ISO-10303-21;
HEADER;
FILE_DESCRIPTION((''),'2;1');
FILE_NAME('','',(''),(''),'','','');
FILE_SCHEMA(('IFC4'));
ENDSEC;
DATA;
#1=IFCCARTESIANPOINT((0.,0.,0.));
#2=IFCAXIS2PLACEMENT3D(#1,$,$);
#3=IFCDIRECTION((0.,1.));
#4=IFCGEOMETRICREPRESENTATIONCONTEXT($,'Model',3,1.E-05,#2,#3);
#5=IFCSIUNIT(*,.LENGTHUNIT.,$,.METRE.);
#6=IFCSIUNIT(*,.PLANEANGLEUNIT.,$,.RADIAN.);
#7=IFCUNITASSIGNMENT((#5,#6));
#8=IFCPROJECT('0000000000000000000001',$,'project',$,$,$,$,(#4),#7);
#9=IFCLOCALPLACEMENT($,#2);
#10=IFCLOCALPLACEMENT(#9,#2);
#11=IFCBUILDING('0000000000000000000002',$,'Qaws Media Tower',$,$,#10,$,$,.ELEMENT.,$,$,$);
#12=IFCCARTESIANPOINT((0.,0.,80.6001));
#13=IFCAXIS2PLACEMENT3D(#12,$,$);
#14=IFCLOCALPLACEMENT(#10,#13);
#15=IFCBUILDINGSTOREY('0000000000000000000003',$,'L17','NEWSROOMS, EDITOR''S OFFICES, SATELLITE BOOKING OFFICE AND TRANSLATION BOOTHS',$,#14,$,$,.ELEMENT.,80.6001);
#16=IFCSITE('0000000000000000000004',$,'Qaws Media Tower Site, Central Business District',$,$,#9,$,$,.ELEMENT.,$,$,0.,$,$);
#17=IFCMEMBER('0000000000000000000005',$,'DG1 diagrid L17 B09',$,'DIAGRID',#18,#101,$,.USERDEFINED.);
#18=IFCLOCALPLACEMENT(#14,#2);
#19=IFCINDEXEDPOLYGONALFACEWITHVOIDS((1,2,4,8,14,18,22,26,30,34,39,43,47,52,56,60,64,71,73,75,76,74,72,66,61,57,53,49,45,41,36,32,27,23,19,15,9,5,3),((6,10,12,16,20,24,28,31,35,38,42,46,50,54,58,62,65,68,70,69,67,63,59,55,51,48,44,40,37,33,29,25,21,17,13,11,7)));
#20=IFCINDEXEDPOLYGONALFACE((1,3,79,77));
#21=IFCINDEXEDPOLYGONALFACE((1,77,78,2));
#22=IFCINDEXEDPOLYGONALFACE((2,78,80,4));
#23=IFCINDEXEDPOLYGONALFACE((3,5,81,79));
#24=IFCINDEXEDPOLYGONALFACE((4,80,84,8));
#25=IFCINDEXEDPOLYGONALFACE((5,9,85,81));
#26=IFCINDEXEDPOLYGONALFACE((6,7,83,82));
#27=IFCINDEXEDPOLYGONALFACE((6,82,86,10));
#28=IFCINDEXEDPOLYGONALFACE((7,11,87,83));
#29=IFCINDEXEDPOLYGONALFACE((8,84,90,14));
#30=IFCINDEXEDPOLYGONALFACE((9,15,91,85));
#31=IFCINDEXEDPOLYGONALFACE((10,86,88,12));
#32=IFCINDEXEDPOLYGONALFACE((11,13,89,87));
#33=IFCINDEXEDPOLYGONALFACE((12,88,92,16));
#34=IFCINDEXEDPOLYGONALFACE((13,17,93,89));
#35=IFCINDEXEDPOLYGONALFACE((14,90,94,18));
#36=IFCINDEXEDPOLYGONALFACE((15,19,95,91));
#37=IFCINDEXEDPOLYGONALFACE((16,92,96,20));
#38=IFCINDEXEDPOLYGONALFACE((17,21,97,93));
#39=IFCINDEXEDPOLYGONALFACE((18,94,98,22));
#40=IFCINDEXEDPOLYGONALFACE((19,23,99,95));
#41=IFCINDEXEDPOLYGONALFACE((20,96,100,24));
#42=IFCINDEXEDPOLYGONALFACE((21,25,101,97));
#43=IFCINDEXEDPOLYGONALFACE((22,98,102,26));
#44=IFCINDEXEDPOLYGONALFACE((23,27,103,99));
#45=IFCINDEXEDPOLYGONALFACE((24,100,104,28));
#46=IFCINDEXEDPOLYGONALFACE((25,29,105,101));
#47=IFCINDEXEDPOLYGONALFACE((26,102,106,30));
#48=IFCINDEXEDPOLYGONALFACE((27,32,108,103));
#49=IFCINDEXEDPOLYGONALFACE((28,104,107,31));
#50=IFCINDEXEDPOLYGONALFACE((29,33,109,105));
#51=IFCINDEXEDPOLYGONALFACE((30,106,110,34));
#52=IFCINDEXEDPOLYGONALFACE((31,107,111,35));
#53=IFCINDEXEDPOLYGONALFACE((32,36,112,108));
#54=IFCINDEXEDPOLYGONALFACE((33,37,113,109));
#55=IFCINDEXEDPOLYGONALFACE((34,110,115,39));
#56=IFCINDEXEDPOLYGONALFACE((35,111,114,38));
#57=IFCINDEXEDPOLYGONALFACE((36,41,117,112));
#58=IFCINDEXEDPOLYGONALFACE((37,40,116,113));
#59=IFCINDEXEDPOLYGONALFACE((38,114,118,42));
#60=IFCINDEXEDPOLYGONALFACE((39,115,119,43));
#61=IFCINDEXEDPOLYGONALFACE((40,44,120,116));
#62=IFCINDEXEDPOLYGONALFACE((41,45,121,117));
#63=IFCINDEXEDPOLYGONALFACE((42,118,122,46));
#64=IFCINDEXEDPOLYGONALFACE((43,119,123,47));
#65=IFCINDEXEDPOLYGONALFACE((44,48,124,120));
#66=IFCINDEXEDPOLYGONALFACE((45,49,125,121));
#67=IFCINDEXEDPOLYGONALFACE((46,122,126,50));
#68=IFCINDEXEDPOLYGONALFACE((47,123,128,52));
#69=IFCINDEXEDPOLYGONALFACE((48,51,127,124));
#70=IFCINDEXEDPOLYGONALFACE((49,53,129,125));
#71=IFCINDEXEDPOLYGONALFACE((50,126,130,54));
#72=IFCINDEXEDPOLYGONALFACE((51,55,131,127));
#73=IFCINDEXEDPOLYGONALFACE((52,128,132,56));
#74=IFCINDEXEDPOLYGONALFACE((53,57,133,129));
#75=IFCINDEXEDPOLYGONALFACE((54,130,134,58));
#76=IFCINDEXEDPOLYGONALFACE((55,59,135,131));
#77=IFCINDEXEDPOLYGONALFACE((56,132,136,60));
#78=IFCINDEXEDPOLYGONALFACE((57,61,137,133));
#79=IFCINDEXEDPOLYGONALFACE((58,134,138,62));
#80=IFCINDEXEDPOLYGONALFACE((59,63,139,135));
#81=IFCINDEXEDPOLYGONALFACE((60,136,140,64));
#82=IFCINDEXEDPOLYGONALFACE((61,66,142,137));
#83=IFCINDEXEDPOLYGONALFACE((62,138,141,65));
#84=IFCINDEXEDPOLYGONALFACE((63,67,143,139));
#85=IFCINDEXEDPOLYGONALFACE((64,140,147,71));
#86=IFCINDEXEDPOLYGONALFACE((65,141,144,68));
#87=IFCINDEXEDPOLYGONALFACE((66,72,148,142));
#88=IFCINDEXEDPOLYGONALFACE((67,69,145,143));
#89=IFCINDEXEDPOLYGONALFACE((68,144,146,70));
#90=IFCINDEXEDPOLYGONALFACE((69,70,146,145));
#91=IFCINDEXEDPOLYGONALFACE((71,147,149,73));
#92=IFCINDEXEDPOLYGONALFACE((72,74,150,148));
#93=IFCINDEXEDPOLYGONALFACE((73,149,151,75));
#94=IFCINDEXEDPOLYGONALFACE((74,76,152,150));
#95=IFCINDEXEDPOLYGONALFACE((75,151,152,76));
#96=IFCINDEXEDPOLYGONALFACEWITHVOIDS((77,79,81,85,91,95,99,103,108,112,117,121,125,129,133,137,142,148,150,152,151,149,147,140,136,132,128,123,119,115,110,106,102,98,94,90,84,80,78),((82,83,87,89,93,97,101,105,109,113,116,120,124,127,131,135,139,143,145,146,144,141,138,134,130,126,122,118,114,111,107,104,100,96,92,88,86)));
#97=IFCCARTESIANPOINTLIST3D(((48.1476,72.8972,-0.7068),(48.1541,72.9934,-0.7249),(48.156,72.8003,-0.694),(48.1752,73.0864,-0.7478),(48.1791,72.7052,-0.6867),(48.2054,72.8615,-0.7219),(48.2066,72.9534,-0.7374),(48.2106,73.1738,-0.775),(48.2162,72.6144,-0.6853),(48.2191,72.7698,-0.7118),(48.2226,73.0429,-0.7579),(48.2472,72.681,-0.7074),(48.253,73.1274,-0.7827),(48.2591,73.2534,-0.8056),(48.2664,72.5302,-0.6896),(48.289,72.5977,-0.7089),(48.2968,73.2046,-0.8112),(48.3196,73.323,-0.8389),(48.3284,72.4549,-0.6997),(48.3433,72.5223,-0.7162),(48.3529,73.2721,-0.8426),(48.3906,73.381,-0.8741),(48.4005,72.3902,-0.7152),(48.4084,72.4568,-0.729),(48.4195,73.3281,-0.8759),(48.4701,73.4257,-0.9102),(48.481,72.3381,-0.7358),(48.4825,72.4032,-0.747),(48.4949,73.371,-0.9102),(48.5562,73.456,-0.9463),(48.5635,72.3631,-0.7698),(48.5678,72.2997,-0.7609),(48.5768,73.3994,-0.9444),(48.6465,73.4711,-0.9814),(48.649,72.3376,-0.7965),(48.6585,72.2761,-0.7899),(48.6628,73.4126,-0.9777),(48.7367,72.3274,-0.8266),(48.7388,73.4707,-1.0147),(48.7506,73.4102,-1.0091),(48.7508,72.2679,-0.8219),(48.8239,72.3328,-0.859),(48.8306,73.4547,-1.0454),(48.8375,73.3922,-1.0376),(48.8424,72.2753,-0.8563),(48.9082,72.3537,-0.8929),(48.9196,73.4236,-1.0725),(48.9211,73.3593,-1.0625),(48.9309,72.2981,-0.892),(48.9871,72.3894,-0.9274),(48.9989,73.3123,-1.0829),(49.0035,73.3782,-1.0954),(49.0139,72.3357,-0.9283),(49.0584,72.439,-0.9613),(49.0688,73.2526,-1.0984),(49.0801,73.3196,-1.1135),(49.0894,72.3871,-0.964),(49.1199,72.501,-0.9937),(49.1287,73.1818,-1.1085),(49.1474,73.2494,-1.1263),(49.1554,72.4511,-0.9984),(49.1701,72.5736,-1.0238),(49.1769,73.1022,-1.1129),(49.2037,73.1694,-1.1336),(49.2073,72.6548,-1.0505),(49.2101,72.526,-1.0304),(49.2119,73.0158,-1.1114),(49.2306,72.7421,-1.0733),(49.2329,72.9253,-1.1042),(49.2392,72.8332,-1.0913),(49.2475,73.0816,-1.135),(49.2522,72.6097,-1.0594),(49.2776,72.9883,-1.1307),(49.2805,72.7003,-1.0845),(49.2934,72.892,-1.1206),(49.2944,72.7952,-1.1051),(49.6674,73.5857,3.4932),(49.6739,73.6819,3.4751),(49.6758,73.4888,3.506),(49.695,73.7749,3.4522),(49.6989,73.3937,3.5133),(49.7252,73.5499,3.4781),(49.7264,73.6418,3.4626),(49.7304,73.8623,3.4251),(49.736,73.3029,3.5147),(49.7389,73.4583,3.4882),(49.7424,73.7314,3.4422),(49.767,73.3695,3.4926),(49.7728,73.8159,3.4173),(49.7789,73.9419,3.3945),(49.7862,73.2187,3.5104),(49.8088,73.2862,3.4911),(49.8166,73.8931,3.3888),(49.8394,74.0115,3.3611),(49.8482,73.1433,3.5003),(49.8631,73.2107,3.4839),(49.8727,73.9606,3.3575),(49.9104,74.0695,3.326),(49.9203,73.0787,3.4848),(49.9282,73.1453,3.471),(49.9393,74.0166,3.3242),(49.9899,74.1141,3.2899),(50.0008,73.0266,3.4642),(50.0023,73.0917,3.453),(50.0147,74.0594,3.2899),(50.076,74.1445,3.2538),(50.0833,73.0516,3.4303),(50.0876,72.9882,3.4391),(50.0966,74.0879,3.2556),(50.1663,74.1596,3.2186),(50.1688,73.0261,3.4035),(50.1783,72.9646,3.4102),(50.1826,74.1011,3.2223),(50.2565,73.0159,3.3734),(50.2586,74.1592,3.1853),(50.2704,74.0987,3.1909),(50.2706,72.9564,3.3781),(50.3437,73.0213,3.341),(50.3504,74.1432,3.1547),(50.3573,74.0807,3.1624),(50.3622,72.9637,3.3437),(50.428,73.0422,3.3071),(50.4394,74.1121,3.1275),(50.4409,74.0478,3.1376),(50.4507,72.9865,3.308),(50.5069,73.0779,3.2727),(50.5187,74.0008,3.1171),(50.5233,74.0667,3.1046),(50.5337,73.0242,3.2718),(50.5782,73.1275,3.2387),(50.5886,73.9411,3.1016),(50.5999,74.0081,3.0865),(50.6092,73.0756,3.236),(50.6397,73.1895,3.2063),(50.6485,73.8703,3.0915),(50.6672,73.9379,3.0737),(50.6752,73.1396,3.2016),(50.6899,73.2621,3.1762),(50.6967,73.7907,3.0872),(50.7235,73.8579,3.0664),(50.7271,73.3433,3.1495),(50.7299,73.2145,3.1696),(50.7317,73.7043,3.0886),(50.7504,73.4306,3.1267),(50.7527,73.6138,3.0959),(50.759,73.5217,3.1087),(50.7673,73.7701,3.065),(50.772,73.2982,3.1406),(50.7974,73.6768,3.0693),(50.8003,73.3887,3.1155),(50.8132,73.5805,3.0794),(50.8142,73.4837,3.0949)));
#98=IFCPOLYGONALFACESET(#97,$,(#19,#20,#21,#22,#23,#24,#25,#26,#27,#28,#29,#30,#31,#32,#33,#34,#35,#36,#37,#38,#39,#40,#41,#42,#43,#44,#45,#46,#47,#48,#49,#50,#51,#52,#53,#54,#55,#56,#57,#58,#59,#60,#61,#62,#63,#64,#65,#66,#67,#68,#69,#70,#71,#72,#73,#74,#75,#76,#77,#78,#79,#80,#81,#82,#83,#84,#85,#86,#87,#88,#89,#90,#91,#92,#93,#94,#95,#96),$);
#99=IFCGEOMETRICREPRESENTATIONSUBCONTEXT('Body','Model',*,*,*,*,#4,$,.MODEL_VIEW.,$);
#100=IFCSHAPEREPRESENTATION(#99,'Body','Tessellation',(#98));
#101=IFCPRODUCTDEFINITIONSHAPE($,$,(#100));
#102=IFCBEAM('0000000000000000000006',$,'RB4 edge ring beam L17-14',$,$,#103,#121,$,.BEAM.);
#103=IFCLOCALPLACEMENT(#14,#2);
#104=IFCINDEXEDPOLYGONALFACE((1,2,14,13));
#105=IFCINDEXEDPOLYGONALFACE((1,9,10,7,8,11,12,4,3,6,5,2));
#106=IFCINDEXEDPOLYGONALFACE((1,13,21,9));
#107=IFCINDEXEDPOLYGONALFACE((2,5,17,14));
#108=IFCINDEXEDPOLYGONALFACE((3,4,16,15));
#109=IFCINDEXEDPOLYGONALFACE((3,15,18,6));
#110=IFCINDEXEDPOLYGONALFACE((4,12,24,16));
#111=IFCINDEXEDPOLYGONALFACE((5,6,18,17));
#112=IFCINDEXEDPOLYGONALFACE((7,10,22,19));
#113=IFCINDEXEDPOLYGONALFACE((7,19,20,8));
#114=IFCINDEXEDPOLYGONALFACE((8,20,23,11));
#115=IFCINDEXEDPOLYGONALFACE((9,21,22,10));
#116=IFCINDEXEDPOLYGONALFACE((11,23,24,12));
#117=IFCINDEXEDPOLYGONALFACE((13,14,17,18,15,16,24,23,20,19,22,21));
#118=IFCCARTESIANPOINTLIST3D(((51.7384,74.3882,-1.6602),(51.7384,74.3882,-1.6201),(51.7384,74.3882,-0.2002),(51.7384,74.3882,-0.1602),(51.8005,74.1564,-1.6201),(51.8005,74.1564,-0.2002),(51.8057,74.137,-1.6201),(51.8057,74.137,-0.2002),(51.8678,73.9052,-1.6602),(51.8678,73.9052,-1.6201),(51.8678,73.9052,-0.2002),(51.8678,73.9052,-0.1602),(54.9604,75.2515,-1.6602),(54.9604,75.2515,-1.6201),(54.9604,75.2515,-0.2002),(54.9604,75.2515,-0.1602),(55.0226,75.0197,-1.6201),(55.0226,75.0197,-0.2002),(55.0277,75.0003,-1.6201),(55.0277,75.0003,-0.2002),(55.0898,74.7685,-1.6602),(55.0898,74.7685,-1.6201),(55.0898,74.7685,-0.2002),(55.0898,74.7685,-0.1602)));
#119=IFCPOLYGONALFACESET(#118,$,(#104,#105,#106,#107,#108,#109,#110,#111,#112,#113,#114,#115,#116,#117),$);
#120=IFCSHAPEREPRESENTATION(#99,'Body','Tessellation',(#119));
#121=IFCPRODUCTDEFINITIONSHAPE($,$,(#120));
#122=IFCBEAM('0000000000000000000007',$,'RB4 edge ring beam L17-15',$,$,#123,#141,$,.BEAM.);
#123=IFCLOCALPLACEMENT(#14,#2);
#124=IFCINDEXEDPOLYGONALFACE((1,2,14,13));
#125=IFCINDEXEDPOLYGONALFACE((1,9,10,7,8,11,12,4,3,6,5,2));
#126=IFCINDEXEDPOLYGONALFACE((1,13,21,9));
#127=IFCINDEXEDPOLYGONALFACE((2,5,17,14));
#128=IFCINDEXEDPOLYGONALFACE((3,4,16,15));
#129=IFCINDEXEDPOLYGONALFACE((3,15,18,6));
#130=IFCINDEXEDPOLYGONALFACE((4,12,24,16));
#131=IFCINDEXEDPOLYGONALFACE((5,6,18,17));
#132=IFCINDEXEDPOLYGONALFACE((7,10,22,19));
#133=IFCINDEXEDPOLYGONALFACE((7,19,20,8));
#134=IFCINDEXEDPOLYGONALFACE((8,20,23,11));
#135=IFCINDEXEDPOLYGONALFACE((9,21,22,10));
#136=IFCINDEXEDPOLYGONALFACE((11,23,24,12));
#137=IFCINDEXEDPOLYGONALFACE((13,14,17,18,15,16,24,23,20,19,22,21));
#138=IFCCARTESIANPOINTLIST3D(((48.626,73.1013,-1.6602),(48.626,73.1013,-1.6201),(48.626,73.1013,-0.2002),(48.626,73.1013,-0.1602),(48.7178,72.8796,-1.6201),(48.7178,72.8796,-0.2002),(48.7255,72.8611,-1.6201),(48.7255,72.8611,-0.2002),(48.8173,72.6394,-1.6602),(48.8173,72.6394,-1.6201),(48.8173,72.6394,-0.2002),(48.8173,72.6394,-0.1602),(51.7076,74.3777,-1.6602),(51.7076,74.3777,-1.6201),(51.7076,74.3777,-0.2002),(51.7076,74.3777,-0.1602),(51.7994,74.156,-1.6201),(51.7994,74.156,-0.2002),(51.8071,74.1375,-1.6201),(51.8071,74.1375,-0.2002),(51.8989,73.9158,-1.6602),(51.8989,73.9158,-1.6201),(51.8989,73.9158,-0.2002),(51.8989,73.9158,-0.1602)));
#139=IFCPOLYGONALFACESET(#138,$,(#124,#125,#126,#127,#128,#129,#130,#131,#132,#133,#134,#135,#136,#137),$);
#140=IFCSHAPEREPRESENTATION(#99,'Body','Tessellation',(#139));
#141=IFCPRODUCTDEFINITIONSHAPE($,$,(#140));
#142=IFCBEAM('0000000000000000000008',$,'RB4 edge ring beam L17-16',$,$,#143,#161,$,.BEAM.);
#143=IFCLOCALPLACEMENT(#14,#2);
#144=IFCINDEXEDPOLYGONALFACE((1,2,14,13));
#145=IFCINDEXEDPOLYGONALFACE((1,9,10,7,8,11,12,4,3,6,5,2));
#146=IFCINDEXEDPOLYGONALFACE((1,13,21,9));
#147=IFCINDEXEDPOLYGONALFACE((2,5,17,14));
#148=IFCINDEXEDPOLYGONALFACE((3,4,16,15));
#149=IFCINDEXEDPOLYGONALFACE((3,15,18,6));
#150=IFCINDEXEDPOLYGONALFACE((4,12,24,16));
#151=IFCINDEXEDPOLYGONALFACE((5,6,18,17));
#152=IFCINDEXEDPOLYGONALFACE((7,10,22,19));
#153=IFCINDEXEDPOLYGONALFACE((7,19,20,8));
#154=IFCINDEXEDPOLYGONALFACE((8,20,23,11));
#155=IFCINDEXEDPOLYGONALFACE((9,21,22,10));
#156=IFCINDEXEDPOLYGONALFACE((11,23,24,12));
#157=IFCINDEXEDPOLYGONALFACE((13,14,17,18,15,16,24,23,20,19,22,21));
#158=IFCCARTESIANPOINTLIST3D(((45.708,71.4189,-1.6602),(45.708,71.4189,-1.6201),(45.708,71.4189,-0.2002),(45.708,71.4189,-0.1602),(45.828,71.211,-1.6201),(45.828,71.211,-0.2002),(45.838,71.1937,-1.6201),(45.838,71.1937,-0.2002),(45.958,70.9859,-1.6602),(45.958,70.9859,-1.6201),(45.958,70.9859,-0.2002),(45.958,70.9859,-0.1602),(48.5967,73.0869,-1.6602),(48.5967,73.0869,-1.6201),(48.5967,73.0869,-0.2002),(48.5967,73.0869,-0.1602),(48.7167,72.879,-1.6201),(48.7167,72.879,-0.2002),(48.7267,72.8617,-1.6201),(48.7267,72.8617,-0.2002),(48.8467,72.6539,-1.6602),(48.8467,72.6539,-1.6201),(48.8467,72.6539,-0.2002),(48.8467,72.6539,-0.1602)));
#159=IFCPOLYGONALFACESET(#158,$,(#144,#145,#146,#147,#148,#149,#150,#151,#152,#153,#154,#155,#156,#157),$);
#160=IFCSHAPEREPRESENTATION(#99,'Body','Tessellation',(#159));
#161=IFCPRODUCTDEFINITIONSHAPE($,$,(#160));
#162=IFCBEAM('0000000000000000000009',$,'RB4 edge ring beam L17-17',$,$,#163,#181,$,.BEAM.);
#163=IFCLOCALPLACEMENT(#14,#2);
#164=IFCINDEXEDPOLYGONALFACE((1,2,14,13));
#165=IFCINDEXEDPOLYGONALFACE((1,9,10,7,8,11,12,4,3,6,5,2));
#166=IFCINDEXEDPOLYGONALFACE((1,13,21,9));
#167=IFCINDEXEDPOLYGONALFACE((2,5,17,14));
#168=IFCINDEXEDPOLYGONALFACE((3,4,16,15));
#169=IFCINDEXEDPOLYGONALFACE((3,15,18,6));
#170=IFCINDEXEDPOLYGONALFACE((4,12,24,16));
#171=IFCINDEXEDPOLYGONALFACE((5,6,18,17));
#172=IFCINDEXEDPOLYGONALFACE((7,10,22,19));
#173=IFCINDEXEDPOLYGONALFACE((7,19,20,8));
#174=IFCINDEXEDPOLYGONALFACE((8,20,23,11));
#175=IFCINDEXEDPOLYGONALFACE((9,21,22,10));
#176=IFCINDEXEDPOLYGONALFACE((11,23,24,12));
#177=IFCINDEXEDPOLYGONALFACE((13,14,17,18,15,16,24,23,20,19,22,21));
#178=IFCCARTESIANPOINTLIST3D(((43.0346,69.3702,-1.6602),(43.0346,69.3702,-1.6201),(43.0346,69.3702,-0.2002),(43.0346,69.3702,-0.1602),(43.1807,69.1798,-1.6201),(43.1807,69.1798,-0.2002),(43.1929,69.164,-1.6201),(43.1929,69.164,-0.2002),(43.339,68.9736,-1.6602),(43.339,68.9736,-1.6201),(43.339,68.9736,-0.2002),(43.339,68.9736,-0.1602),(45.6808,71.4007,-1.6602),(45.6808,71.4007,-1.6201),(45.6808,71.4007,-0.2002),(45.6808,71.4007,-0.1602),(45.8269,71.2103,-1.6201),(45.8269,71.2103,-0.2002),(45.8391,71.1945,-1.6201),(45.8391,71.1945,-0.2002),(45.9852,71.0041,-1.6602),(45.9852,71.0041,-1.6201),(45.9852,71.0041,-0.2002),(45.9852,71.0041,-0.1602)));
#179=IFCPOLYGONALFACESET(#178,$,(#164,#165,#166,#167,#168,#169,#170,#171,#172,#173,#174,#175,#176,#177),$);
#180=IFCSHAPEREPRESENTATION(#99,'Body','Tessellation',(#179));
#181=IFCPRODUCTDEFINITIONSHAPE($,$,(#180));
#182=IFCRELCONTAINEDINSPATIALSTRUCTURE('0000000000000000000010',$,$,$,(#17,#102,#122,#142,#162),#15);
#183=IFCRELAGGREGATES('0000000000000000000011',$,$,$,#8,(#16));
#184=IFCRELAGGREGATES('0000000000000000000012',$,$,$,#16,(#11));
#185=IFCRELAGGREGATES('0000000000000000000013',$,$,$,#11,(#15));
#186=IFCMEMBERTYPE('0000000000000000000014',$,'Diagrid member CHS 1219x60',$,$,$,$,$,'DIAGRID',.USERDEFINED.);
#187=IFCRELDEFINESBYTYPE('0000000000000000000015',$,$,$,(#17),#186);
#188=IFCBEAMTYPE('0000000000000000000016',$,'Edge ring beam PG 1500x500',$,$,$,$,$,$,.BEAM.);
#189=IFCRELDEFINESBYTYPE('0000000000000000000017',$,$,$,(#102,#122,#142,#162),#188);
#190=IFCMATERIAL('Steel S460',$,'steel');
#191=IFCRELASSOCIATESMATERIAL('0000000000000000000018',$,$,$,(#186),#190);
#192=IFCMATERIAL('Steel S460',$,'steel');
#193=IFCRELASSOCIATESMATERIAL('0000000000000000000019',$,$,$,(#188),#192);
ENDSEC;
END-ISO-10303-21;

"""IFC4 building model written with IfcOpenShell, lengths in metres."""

from ifc_helpers import new_model, si_unit, direction, frame, origin, origin_2d, place, context, subcontext, project, spatial, hollow_circle, i_section, extrude, material, material_profile, profile_set, type_object, element, save


model = new_model("IFC4")

# Units and contexts
model_context = context("Model", 3, precision=1e-05, world=origin(), true_north=direction((0.0, 1.0)))
body_context = subcontext(model_context, "Body", "Model", "MODEL_VIEW")
ifc_project = project(units=[si_unit("LENGTHUNIT", "METRE"), si_unit("PLANEANGLEUNIT", "RADIAN")], contexts=[model_context])

# Site, building, storey
site_placement = place(None, origin())
site = spatial("IfcSite", under=ifc_project, at=site_placement, Name="Qaws Media Tower Site, Central Business District", CompositionType="ELEMENT", RefElevation=0.0)
building_placement = place(site_placement, origin())
building = spatial("IfcBuilding", under=site, at=building_placement, Name="Qaws Media Tower", CompositionType="ELEMENT")
storey_placement = place(building_placement, frame((0.0, 0.0, 80.6001)))
storey = spatial("IfcBuildingStorey", under=building, at=storey_placement, Name="L17", Description="NEWSROOMS, EDITOR'S OFFICES, SATELLITE BOOKING OFFICE AND TRANSLATION BOOTHS", CompositionType="ELEMENT", Elevation=80.6001)

# Member
ifc_material_1 = material(Name="Steel S460", Category="steel")
ifc_material_profile_1 = material_profile(ifc_material_1, hollow_circle(Radius=0.6096, WallThickness=0.0601, at=origin_2d()), Name="CHS 1219x60")
ifc_profile_set_1 = profile_set([ifc_material_profile_1], Name="Steel S460")
member_type_1 = type_object("IfcMemberType", Name="Diagrid member CHS 1219x60", ElementType="DIAGRID", PredefinedType="USERDEFINED", material=ifc_profile_set_1)
for number, where, z_axis, x_axis, name in (
    (1, (48.7217, 72.8704, -0.9102), (0.336292, 0.152344, 0.929354), (-0.412645, 0.910892, 0.0), "DG1 diagrid L17 B09"),
):
    element("IfcMember", number, at=place(storey_placement, frame(where, z_axis=z_axis, x_axis=x_axis)), inside=storey, type_object=member_type_1, Name=name, ObjectType="DIAGRID", PredefinedType="USERDEFINED", context=body_context, shape_type="SweptSolid", body=[
        extrude(hollow_circle(Radius=0.6096, WallThickness=0.0601, at=origin_2d()), origin(), (0.0, 0.0, 1.0), 4.5193),
    ])

# Beams
ifc_material_2 = material(Name="Steel S460", Category="steel")
ifc_material_profile_2 = material_profile(ifc_material_2, i_section(OverallWidth=0.5, OverallDepth=1.5, WebThickness=0.02, FlangeThickness=0.04, at=origin_2d()), Name="PG 1500x500")
ifc_profile_set_2 = profile_set([ifc_material_profile_2], Name="Steel S460")
beam_type_1 = type_object("IfcBeamType", Name="Edge ring beam PG 1500x500", PredefinedType="BEAM", material=ifc_profile_set_2)
beam_1_placement = place(storey_placement, frame((55.0251, 75.01, -0.9102), z_axis=(-0.965928, -0.25881, 0.0), x_axis=(0.25881, -0.965928, 0.0)))
element("IfcBeam", 2, at=beam_1_placement, inside=storey, type_object=beam_type_1, Name="RB4 edge ring beam L17-14", PredefinedType="BEAM", context=body_context, shape_type="SweptSolid", body=[
    extrude(i_section(OverallWidth=0.5, OverallDepth=1.5, WebThickness=0.02, FlangeThickness=0.04, at=origin_2d()), origin(), (0.0, 0.0, 1.0), 3.3357),
])
beam_2_placement = place(storey_placement, frame((51.8032, 74.1467, -0.9102), z_axis=(-0.923885, -0.382671, 0.0), x_axis=(0.382671, -0.923885, 0.0)))
element("IfcBeam", 3, at=beam_2_placement, inside=storey, type_object=beam_type_1, Name="RB4 edge ring beam L17-15", PredefinedType="BEAM", context=body_context, shape_type="SweptSolid", body=[
    extrude(i_section(OverallWidth=0.5, OverallDepth=1.5, WebThickness=0.02, FlangeThickness=0.04, at=origin_2d()), origin(), (0.0, 0.0, 1.0), 3.3354),
])
beam_3_placement = place(storey_placement, frame((48.7217, 72.8704, -0.9102), z_axis=(-0.866, -0.500043, 0.0), x_axis=(0.500043, -0.866, 0.0)))
element("IfcBeam", 4, at=beam_3_placement, inside=storey, type_object=beam_type_1, Name="RB4 edge ring beam L17-16", PredefinedType="BEAM", context=body_context, shape_type="SweptSolid", body=[
    extrude(i_section(OverallWidth=0.5, OverallDepth=1.5, WebThickness=0.02, FlangeThickness=0.04, at=origin_2d()), origin(), (0.0, 0.0, 1.0), 3.3357),
])
beam_4_placement = place(storey_placement, frame((45.833, 71.2024, -0.9102), z_axis=(-0.793355, -0.608759, 0.0), x_axis=(0.608759, -0.793355, 0.0)))
element("IfcBeam", 5, at=beam_4_placement, inside=storey, type_object=beam_type_1, Name="RB4 edge ring beam L17-17", PredefinedType="BEAM", context=body_context, shape_type="SweptSolid", body=[
    extrude(i_section(OverallWidth=0.5, OverallDepth=1.5, WebThickness=0.02, FlangeThickness=0.04, at=origin_2d()), origin(), (0.0, 0.0, 1.0), 3.3354),
])

save(model, "model.ifc")
